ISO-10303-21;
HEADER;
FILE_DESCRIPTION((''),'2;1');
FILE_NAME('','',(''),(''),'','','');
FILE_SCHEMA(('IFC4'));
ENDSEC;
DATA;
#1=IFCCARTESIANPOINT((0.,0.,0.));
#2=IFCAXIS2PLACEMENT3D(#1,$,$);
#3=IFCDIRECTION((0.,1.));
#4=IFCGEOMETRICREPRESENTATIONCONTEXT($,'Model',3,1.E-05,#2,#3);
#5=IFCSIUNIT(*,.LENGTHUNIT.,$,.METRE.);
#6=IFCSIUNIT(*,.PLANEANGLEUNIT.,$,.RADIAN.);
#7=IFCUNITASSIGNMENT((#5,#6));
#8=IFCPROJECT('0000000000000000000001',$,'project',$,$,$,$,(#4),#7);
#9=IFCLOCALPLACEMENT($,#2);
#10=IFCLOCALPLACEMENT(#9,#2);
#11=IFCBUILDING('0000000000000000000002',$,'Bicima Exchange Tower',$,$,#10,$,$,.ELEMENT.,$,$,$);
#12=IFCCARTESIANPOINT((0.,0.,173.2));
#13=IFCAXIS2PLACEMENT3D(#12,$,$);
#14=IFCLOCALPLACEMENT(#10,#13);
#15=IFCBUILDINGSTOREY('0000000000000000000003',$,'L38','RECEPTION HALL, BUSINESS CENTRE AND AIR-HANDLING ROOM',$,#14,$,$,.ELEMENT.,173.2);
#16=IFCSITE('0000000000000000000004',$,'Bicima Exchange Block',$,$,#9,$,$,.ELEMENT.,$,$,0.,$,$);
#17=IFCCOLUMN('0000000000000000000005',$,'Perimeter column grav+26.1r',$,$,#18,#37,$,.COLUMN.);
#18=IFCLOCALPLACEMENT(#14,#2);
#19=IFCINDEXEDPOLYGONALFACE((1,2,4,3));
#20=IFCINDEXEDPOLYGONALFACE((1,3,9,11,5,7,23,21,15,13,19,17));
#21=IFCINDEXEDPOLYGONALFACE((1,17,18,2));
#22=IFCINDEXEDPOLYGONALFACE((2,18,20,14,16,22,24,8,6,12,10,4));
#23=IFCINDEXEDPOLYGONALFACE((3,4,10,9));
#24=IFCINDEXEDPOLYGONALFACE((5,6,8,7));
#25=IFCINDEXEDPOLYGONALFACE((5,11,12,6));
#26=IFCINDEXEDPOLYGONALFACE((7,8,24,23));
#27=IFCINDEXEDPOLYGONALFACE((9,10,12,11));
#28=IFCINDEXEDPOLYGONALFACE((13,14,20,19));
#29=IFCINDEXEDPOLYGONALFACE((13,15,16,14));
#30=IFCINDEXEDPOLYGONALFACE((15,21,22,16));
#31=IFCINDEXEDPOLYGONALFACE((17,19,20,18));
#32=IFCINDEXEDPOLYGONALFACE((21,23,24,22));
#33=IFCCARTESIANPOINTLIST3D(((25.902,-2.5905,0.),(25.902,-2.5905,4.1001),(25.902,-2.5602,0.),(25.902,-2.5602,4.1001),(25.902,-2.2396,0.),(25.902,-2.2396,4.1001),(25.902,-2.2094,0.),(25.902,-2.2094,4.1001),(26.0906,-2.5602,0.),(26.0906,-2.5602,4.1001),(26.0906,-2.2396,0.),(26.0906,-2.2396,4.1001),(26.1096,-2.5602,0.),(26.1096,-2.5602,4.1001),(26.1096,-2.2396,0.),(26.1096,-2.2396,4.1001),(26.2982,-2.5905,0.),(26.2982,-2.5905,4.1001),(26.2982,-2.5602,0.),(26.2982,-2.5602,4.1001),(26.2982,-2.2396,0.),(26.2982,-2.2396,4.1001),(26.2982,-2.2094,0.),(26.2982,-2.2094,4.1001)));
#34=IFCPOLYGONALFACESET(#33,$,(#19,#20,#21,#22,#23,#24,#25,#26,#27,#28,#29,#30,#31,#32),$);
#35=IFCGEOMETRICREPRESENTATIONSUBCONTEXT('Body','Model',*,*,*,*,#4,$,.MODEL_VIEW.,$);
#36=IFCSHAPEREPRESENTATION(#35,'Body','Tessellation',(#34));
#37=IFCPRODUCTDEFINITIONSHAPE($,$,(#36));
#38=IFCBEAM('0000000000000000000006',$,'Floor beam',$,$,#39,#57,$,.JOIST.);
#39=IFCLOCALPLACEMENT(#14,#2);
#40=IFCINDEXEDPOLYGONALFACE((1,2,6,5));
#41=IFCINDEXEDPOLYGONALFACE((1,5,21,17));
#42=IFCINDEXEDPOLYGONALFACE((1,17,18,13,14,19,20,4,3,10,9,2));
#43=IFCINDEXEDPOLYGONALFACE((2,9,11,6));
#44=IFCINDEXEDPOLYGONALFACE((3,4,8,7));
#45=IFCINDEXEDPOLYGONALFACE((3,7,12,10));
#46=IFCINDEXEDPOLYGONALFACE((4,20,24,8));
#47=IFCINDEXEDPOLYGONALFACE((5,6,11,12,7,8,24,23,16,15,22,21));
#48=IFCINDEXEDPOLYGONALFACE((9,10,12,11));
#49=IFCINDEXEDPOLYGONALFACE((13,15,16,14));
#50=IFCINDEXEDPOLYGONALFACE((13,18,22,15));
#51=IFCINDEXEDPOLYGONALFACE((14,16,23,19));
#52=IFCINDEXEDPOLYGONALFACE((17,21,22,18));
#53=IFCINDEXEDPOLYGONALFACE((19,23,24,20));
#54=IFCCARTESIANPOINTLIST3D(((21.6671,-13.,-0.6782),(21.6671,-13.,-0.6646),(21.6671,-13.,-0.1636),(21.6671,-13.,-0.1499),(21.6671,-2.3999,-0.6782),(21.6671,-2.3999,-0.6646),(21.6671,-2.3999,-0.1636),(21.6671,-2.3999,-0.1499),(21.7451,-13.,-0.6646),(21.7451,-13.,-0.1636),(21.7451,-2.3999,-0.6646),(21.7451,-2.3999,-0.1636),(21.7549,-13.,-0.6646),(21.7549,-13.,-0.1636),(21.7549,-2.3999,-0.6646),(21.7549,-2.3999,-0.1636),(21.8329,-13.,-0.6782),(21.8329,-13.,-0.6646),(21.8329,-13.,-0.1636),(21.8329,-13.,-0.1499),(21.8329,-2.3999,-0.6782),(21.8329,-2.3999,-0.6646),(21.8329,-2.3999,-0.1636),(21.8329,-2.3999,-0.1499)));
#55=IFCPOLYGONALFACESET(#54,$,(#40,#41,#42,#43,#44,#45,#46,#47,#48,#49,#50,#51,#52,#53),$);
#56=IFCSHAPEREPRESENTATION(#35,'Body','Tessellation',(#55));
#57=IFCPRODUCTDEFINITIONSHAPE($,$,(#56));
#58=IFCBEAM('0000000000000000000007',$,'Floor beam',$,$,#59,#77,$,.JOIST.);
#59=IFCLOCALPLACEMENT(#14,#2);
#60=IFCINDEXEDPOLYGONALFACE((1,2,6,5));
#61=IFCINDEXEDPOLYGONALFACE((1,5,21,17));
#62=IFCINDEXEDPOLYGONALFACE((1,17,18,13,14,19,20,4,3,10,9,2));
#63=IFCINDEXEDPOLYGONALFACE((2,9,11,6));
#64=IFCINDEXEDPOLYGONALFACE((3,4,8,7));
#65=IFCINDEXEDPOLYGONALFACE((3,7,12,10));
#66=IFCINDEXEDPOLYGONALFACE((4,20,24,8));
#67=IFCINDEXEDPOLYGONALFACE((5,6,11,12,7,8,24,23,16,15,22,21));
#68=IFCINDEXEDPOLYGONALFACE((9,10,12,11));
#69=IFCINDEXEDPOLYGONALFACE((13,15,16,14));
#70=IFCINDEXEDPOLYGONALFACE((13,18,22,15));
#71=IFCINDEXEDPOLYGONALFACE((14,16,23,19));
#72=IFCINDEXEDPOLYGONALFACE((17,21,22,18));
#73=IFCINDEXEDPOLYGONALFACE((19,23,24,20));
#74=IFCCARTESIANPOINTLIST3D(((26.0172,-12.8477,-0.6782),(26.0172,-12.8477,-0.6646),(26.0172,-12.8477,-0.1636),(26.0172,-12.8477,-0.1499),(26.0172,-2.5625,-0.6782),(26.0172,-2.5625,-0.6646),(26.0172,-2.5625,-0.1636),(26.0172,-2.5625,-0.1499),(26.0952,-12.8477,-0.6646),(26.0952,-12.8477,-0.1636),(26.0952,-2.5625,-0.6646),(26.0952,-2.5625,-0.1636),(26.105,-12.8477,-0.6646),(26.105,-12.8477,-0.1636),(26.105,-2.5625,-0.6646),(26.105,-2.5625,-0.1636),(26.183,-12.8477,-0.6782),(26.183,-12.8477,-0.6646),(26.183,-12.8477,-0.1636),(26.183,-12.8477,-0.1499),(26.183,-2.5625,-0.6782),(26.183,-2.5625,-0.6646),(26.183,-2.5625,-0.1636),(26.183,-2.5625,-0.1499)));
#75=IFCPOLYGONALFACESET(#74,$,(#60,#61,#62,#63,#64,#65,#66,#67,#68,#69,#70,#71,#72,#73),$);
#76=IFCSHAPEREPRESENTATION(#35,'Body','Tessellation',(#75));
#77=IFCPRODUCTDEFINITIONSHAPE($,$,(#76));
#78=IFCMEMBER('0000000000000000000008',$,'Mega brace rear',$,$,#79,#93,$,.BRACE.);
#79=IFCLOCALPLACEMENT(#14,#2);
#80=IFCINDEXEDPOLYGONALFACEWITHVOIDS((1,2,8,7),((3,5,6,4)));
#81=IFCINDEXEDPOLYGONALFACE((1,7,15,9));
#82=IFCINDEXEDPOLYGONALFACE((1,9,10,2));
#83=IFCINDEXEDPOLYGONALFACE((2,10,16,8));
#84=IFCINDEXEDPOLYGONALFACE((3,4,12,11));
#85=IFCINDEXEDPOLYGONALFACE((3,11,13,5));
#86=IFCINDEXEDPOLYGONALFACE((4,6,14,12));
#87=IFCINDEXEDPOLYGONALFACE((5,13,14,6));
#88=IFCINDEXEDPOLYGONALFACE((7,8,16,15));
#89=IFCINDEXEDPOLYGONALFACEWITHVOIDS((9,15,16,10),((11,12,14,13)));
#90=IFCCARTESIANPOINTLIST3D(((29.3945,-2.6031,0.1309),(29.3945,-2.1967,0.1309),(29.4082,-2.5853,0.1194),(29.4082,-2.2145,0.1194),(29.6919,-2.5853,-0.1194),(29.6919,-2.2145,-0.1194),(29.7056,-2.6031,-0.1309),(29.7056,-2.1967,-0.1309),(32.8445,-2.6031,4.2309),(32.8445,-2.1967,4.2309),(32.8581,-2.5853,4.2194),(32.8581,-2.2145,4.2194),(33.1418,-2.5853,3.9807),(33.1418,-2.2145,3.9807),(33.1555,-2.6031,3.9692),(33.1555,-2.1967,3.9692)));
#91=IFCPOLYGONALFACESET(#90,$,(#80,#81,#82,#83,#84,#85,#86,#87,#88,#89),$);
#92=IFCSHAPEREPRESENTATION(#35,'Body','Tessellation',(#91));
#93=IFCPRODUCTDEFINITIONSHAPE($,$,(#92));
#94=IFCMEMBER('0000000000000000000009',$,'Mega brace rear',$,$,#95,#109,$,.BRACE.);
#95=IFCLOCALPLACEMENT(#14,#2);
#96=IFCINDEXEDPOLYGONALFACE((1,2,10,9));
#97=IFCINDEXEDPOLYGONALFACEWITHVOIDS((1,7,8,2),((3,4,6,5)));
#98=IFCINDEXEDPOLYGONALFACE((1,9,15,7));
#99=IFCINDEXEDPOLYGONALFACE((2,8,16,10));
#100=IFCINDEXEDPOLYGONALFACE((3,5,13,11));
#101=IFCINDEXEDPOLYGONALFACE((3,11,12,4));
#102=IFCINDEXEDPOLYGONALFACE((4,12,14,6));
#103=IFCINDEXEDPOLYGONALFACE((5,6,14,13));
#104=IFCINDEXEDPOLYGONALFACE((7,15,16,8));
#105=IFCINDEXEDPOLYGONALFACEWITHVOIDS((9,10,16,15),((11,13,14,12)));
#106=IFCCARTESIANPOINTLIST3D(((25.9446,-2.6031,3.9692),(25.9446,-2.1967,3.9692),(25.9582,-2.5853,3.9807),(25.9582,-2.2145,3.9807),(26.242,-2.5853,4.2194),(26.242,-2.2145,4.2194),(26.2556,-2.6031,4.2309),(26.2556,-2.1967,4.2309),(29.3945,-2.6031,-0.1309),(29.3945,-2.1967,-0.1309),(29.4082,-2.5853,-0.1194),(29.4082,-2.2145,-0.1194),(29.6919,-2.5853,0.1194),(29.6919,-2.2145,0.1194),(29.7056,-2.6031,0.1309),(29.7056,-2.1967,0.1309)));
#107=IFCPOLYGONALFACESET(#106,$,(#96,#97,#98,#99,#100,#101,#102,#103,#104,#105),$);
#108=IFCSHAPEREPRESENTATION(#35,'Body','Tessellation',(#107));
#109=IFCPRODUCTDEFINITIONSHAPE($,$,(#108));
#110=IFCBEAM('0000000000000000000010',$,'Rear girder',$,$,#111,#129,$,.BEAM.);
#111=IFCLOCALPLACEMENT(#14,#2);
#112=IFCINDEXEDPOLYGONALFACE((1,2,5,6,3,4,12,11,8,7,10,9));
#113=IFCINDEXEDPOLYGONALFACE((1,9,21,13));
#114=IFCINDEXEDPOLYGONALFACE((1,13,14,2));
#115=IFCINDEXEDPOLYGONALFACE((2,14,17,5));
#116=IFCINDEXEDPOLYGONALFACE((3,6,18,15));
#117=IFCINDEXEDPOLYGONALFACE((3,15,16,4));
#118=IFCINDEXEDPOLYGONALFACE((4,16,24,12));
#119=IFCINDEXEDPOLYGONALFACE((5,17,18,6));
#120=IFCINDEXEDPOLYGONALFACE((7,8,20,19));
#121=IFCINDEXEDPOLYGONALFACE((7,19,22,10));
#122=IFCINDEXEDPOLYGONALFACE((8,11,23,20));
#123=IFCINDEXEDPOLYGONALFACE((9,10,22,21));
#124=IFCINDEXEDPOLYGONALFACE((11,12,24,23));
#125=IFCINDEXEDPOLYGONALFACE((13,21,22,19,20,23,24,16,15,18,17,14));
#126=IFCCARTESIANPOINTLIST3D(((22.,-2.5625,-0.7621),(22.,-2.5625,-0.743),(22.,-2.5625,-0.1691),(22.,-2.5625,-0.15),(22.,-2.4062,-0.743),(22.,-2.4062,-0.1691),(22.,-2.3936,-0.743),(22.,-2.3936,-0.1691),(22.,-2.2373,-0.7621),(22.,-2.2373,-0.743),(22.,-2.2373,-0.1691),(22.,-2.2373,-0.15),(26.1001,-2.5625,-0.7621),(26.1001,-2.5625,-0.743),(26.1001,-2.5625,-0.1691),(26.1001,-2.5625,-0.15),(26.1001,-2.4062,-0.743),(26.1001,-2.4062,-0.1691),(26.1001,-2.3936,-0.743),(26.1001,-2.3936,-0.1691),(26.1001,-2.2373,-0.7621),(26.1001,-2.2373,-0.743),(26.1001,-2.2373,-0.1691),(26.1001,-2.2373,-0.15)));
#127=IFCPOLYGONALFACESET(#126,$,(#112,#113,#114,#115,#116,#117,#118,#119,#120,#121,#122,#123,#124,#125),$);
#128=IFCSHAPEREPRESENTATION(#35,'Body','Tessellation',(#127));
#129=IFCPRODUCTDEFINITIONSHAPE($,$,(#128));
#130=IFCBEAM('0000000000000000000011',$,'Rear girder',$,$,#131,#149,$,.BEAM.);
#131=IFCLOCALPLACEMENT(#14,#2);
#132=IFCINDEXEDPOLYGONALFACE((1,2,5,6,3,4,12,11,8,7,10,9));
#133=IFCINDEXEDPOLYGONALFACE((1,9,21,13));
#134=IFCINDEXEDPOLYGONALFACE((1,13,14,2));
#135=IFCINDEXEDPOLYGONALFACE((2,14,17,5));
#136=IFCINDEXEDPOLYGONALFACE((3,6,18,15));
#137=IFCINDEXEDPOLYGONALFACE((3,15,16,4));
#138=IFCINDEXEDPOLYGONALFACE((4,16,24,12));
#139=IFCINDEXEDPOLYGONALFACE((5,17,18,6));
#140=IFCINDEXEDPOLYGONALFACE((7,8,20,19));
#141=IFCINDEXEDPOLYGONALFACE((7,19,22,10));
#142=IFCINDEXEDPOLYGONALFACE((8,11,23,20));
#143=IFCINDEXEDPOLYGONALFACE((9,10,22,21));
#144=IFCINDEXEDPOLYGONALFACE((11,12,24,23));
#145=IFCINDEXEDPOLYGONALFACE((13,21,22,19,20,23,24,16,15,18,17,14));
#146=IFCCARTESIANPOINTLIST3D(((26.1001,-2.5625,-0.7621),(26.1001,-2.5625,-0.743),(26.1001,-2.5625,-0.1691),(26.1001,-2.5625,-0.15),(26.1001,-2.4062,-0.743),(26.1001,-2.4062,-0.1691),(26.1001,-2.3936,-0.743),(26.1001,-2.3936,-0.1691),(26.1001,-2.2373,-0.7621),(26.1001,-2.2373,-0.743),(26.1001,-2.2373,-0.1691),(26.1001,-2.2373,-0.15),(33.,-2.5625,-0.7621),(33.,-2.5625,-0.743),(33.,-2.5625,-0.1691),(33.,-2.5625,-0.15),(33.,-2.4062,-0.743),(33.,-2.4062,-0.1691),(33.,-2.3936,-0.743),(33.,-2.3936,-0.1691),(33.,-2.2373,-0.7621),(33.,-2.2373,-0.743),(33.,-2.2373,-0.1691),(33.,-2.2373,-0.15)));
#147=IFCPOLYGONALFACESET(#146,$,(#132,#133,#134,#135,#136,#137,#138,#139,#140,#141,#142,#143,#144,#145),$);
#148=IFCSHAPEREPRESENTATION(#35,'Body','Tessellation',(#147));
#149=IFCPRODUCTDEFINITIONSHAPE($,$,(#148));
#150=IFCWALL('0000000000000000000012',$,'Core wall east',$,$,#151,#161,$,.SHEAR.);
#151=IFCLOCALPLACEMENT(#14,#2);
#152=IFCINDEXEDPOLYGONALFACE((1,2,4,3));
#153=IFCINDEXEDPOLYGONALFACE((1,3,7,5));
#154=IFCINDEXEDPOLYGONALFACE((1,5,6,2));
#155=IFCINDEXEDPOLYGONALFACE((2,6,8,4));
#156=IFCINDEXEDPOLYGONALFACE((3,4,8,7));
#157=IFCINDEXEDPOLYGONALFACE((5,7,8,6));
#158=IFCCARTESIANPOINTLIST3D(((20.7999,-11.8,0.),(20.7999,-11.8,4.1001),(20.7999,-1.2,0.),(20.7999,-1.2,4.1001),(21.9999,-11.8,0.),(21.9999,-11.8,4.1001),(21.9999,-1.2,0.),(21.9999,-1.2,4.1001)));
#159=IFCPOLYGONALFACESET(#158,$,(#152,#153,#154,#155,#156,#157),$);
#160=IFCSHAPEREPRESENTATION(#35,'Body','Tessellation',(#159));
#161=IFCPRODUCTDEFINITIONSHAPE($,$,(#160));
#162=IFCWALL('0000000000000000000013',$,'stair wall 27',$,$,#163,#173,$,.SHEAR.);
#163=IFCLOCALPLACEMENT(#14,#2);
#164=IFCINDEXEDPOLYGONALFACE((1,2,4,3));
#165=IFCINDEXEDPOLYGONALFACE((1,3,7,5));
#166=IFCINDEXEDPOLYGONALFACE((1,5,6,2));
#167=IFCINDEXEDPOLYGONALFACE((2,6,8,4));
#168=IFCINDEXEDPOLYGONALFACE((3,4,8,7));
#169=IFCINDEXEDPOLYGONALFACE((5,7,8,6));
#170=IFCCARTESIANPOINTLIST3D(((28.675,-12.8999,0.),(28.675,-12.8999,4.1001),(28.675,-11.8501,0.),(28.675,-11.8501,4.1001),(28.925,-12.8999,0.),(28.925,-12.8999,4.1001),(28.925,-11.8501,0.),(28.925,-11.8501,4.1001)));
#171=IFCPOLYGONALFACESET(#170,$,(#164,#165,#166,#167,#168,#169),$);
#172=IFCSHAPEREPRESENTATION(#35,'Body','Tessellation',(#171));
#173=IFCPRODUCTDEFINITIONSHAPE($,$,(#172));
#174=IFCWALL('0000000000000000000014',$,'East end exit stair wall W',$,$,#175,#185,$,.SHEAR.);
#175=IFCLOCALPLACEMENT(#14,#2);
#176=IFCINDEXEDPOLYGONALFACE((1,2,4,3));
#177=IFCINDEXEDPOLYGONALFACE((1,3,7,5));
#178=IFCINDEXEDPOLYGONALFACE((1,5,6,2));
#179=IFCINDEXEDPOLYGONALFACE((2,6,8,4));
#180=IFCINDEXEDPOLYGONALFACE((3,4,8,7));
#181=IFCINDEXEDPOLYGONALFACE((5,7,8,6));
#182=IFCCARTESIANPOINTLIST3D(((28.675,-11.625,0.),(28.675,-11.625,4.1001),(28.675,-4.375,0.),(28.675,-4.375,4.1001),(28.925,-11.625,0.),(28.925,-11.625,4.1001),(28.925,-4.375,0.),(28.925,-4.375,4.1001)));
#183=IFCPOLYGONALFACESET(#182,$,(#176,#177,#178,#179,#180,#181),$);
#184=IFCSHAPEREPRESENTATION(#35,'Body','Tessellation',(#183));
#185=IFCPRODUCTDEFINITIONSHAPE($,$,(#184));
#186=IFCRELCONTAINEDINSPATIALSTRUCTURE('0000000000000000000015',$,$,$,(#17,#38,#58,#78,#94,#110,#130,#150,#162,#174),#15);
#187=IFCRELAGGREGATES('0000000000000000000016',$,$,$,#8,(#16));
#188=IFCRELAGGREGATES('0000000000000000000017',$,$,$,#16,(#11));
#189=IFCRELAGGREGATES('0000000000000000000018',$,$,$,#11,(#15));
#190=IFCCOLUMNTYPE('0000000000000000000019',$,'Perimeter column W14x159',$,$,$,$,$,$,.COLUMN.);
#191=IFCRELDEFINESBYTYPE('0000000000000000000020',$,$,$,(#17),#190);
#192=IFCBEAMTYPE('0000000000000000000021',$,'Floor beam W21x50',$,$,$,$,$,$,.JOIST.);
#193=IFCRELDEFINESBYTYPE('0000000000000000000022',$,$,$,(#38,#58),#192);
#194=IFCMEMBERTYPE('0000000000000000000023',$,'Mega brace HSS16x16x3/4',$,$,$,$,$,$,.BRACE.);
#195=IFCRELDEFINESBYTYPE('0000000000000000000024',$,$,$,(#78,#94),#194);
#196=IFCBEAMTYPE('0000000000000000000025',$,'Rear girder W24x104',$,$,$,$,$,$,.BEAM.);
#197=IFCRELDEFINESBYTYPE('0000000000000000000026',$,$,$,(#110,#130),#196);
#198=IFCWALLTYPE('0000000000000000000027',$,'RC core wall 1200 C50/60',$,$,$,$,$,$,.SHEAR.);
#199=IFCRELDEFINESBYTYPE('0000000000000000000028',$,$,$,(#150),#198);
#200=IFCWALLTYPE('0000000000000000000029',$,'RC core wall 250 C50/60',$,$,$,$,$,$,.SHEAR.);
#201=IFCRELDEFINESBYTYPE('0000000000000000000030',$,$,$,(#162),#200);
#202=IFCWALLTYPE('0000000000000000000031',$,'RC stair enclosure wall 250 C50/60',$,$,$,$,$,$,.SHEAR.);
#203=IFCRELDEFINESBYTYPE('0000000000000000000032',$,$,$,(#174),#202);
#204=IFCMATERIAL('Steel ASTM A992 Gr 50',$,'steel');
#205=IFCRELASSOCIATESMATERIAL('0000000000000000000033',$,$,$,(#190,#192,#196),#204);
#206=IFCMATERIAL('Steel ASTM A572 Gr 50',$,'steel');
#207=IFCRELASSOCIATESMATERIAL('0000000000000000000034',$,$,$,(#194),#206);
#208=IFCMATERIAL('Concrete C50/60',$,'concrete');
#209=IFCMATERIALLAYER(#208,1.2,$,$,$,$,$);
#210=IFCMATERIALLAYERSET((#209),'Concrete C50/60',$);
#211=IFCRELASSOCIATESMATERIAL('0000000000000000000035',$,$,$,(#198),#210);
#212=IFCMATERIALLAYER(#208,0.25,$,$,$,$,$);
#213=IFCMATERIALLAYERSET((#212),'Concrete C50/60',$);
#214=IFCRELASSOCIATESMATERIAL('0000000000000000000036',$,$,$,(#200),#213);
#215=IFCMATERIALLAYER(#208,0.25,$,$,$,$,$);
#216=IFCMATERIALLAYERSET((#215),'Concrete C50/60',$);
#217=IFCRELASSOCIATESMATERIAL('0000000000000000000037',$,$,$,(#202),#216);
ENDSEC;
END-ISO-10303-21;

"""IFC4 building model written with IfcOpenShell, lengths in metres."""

from ifc_helpers import new_model, si_unit, direction, frame, frame_2d, origin, origin_2d, place, context, subcontext, project, spatial, rectangle, hollow_rectangle, i_section, extrude, material, layer, layer_set, material_profile, profile_set, type_object, element, save


model = new_model("IFC4")

# Units and contexts
model_context = context("Model", 3, precision=1e-05, world=origin(), true_north=direction((0.0, 1.0)))
body_context = subcontext(model_context, "Body", "Model", "MODEL_VIEW")
ifc_project = project(units=[si_unit("LENGTHUNIT", "METRE"), si_unit("PLANEANGLEUNIT", "RADIAN")], contexts=[model_context])

# Site, building, storey
site_placement = place(None, origin())
site = spatial("IfcSite", under=ifc_project, at=site_placement, Name="Bicima Exchange Block", CompositionType="ELEMENT", RefElevation=0.0)
building_placement = place(site_placement, origin())
building = spatial("IfcBuilding", under=site, at=building_placement, Name="Bicima Exchange Tower", CompositionType="ELEMENT")
storey_placement = place(building_placement, frame((0.0, 0.0, 173.2)))
storey = spatial("IfcBuildingStorey", under=building, at=storey_placement, Name="L38", Description="RECEPTION HALL, BUSINESS CENTRE AND AIR-HANDLING ROOM", CompositionType="ELEMENT", Elevation=173.2)

# Column
ifc_material_1 = material(Name="Steel ASTM A992 Gr 50", Category="steel")
ifc_material_profile_1 = material_profile(ifc_material_1, i_section(OverallWidth=0.3962, OverallDepth=0.3811, WebThickness=0.019, FlangeThickness=0.0303, at=origin_2d()))
ifc_profile_set_1 = profile_set([ifc_material_profile_1], Name="Steel ASTM A992 Gr 50")
column_type = type_object("IfcColumnType", Name="Perimeter column W14x159", PredefinedType="COLUMN", material=ifc_profile_set_1)
column_placement = place(storey_placement, frame((26.1001, -2.3999, 0.0), z_axis=(0.0, 0.0, 1.0), x_axis=(1.0, 0.0, 0.0)))
element("IfcColumn", 1, at=column_placement, inside=storey, type_object=column_type, Name="Perimeter column grav+26.1r", PredefinedType="COLUMN", context=body_context, shape_type="SweptSolid", body=[
    extrude(i_section(OverallWidth=0.3962, OverallDepth=0.3811, WebThickness=0.019, FlangeThickness=0.0303, at=origin_2d()), origin(), (0.0, 0.0, 1.0), 4.1001),
])

# Beams
ifc_material_profile_2 = material_profile(ifc_material_1, i_section(OverallWidth=0.1658, OverallDepth=0.5283, WebThickness=0.0098, FlangeThickness=0.0137, at=origin_2d()))
ifc_profile_set_2 = profile_set([ifc_material_profile_2], Name="Steel ASTM A992 Gr 50")
beam_type_1 = type_object("IfcBeamType", Name="Floor beam W21x50", PredefinedType="JOIST", material=ifc_profile_set_2)
beam_1_placement = place(storey_placement, frame((21.75, -2.3999, -0.4141), z_axis=(0.0, -1.0, 0.0), x_axis=(1.0, 0.0, 0.0)))
element("IfcBeam", 2, at=beam_1_placement, inside=storey, type_object=beam_type_1, Name="Floor beam", PredefinedType="JOIST", context=body_context, shape_type="SweptSolid", body=[
    extrude(i_section(OverallWidth=0.1658, OverallDepth=0.5283, WebThickness=0.0098, FlangeThickness=0.0137, at=origin_2d()), origin(), (0.0, 0.0, 1.0), 10.6001),
])
beam_2_placement = place(storey_placement, frame((26.1001, -2.5625, -0.4141), z_axis=(0.0, -1.0, 0.0), x_axis=(1.0, 0.0, 0.0)))
element("IfcBeam", 3, at=beam_2_placement, inside=storey, type_object=beam_type_1, Name="Floor beam", PredefinedType="JOIST", context=body_context, shape_type="SweptSolid", body=[
    extrude(i_section(OverallWidth=0.1658, OverallDepth=0.5283, WebThickness=0.0098, FlangeThickness=0.0137, at=origin_2d()), origin(), (0.0, 0.0, 1.0), 10.2852),
])

# Members
ifc_material_2 = material(Name="Steel ASTM A572 Gr 50", Category="steel")
ifc_material_profile_3 = material_profile(ifc_material_2, hollow_rectangle(XDim=0.4065, YDim=0.4065, WallThickness=0.0178, at=origin_2d()))
ifc_profile_set_3 = profile_set([ifc_material_profile_3], Name="Steel ASTM A572 Gr 50")
member_type = type_object("IfcMemberType", Name="Mega brace HSS16x16x3/4", PredefinedType="BRACE", material=ifc_profile_set_3)
for number, where, z_axis, x_axis, name in (
    (4, (29.55, -2.3999, 0.0), (0.643834, 0.0, 0.765165), (0.0, 1.0, 0.0), "Mega brace rear"),
    (5, (29.55, -2.3999, 0.0), (-0.643834, 0.0, 0.765165), (0.0, -1.0, 0.0), "Mega brace rear"),
):
    element("IfcMember", number, at=place(storey_placement, frame(where, z_axis=z_axis, x_axis=x_axis)), inside=storey, type_object=member_type, Name=name, PredefinedType="BRACE", context=body_context, shape_type="SweptSolid", body=[
        extrude(hollow_rectangle(XDim=0.4065, YDim=0.4065, WallThickness=0.0178, at=origin_2d()), origin(), (0.0, 0.0, 1.0), 5.3584),
    ])

# Beams
ifc_material_profile_4 = material_profile(ifc_material_1, i_section(OverallWidth=0.3252, OverallDepth=0.6121, WebThickness=0.0127, FlangeThickness=0.019, at=origin_2d()))
ifc_profile_set_4 = profile_set([ifc_material_profile_4], Name="Steel ASTM A992 Gr 50")
beam_type_2 = type_object("IfcBeamType", Name="Rear girder W24x104", PredefinedType="BEAM", material=ifc_profile_set_4)
beam_3_placement = place(storey_placement, frame((22.0, -2.3999, -0.4561), z_axis=(1.0, 0.0, 0.0), x_axis=(0.0, 1.0, 0.0)))
element("IfcBeam", 6, at=beam_3_placement, inside=storey, type_object=beam_type_2, Name="Rear girder", PredefinedType="BEAM", context=body_context, shape_type="SweptSolid", body=[
    extrude(i_section(OverallWidth=0.3252, OverallDepth=0.6121, WebThickness=0.0127, FlangeThickness=0.019, at=origin_2d()), origin(), (0.0, 0.0, 1.0), 4.1001),
])
beam_4_placement = place(storey_placement, frame((26.1001, -2.3999, -0.4561), z_axis=(1.0, 0.0, 0.0), x_axis=(0.0, 1.0, 0.0)))
element("IfcBeam", 7, at=beam_4_placement, inside=storey, type_object=beam_type_2, Name="Rear girder", PredefinedType="BEAM", context=body_context, shape_type="SweptSolid", body=[
    extrude(i_section(OverallWidth=0.3252, OverallDepth=0.6121, WebThickness=0.0127, FlangeThickness=0.019, at=origin_2d()), origin(), (0.0, 0.0, 1.0), 6.8999),
])

# Walls
ifc_material_3 = material(Name="Concrete C50/60", Category="concrete")
ifc_layer_1 = layer(ifc_material_3, 1.2)
ifc_layer_set_1 = layer_set([ifc_layer_1], Name="Concrete C50/60")
wall_type_1 = type_object("IfcWallType", Name="RC core wall 1200 C50/60", PredefinedType="SHEAR", material=ifc_layer_set_1)
wall_1_placement = place(storey_placement, frame((21.3999, -11.8, 0.0), z_axis=(0.0, 0.0, 1.0), x_axis=(0.0, 1.0, 0.0)))
element("IfcWall", 8, at=wall_1_placement, inside=storey, type_object=wall_type_1, Name="Core wall east", PredefinedType="SHEAR", context=body_context, shape_type="SweptSolid", body=[
    extrude(rectangle(XDim=10.6001, YDim=1.2, at=frame_2d((5.3, 0.0))), origin(), (0.0, 0.0, 1.0), 4.1001),
])
ifc_layer_2 = layer(ifc_material_3, 0.25)
ifc_layer_set_2 = layer_set([ifc_layer_2], Name="Concrete C50/60")
wall_type_2 = type_object("IfcWallType", Name="RC core wall 250 C50/60", PredefinedType="SHEAR", material=ifc_layer_set_2)
wall_2_placement = place(storey_placement, frame((28.8, -12.8999, 0.0), z_axis=(0.0, 0.0, 1.0), x_axis=(0.0, 1.0, 0.0)))
element("IfcWall", 9, at=wall_2_placement, inside=storey, type_object=wall_type_2, Name="stair wall 27", PredefinedType="SHEAR", context=body_context, shape_type="SweptSolid", body=[
    extrude(rectangle(XDim=1.0498, YDim=0.25, at=frame_2d((0.5249, 0.0))), origin(), (0.0, 0.0, 1.0), 4.1001),
])
ifc_layer_3 = layer(ifc_material_3, 0.25)
ifc_layer_set_3 = layer_set([ifc_layer_3], Name="Concrete C50/60")
wall_type_3 = type_object("IfcWallType", Name="RC stair enclosure wall 250 C50/60", PredefinedType="SHEAR", material=ifc_layer_set_3)
wall_3_placement = place(storey_placement, frame((28.8, -11.625, 0.0), z_axis=(0.0, 0.0, 1.0), x_axis=(0.0, 1.0, 0.0)))
element("IfcWall", 10, at=wall_3_placement, inside=storey, type_object=wall_type_3, Name="East end exit stair wall W", PredefinedType="SHEAR", context=body_context, shape_type="SweptSolid", body=[
    extrude(rectangle(XDim=7.25, YDim=0.25, at=frame_2d((3.625, 0.0))), origin(), (0.0, 0.0, 1.0), 4.1001),
])

save(model, "model.ifc")
